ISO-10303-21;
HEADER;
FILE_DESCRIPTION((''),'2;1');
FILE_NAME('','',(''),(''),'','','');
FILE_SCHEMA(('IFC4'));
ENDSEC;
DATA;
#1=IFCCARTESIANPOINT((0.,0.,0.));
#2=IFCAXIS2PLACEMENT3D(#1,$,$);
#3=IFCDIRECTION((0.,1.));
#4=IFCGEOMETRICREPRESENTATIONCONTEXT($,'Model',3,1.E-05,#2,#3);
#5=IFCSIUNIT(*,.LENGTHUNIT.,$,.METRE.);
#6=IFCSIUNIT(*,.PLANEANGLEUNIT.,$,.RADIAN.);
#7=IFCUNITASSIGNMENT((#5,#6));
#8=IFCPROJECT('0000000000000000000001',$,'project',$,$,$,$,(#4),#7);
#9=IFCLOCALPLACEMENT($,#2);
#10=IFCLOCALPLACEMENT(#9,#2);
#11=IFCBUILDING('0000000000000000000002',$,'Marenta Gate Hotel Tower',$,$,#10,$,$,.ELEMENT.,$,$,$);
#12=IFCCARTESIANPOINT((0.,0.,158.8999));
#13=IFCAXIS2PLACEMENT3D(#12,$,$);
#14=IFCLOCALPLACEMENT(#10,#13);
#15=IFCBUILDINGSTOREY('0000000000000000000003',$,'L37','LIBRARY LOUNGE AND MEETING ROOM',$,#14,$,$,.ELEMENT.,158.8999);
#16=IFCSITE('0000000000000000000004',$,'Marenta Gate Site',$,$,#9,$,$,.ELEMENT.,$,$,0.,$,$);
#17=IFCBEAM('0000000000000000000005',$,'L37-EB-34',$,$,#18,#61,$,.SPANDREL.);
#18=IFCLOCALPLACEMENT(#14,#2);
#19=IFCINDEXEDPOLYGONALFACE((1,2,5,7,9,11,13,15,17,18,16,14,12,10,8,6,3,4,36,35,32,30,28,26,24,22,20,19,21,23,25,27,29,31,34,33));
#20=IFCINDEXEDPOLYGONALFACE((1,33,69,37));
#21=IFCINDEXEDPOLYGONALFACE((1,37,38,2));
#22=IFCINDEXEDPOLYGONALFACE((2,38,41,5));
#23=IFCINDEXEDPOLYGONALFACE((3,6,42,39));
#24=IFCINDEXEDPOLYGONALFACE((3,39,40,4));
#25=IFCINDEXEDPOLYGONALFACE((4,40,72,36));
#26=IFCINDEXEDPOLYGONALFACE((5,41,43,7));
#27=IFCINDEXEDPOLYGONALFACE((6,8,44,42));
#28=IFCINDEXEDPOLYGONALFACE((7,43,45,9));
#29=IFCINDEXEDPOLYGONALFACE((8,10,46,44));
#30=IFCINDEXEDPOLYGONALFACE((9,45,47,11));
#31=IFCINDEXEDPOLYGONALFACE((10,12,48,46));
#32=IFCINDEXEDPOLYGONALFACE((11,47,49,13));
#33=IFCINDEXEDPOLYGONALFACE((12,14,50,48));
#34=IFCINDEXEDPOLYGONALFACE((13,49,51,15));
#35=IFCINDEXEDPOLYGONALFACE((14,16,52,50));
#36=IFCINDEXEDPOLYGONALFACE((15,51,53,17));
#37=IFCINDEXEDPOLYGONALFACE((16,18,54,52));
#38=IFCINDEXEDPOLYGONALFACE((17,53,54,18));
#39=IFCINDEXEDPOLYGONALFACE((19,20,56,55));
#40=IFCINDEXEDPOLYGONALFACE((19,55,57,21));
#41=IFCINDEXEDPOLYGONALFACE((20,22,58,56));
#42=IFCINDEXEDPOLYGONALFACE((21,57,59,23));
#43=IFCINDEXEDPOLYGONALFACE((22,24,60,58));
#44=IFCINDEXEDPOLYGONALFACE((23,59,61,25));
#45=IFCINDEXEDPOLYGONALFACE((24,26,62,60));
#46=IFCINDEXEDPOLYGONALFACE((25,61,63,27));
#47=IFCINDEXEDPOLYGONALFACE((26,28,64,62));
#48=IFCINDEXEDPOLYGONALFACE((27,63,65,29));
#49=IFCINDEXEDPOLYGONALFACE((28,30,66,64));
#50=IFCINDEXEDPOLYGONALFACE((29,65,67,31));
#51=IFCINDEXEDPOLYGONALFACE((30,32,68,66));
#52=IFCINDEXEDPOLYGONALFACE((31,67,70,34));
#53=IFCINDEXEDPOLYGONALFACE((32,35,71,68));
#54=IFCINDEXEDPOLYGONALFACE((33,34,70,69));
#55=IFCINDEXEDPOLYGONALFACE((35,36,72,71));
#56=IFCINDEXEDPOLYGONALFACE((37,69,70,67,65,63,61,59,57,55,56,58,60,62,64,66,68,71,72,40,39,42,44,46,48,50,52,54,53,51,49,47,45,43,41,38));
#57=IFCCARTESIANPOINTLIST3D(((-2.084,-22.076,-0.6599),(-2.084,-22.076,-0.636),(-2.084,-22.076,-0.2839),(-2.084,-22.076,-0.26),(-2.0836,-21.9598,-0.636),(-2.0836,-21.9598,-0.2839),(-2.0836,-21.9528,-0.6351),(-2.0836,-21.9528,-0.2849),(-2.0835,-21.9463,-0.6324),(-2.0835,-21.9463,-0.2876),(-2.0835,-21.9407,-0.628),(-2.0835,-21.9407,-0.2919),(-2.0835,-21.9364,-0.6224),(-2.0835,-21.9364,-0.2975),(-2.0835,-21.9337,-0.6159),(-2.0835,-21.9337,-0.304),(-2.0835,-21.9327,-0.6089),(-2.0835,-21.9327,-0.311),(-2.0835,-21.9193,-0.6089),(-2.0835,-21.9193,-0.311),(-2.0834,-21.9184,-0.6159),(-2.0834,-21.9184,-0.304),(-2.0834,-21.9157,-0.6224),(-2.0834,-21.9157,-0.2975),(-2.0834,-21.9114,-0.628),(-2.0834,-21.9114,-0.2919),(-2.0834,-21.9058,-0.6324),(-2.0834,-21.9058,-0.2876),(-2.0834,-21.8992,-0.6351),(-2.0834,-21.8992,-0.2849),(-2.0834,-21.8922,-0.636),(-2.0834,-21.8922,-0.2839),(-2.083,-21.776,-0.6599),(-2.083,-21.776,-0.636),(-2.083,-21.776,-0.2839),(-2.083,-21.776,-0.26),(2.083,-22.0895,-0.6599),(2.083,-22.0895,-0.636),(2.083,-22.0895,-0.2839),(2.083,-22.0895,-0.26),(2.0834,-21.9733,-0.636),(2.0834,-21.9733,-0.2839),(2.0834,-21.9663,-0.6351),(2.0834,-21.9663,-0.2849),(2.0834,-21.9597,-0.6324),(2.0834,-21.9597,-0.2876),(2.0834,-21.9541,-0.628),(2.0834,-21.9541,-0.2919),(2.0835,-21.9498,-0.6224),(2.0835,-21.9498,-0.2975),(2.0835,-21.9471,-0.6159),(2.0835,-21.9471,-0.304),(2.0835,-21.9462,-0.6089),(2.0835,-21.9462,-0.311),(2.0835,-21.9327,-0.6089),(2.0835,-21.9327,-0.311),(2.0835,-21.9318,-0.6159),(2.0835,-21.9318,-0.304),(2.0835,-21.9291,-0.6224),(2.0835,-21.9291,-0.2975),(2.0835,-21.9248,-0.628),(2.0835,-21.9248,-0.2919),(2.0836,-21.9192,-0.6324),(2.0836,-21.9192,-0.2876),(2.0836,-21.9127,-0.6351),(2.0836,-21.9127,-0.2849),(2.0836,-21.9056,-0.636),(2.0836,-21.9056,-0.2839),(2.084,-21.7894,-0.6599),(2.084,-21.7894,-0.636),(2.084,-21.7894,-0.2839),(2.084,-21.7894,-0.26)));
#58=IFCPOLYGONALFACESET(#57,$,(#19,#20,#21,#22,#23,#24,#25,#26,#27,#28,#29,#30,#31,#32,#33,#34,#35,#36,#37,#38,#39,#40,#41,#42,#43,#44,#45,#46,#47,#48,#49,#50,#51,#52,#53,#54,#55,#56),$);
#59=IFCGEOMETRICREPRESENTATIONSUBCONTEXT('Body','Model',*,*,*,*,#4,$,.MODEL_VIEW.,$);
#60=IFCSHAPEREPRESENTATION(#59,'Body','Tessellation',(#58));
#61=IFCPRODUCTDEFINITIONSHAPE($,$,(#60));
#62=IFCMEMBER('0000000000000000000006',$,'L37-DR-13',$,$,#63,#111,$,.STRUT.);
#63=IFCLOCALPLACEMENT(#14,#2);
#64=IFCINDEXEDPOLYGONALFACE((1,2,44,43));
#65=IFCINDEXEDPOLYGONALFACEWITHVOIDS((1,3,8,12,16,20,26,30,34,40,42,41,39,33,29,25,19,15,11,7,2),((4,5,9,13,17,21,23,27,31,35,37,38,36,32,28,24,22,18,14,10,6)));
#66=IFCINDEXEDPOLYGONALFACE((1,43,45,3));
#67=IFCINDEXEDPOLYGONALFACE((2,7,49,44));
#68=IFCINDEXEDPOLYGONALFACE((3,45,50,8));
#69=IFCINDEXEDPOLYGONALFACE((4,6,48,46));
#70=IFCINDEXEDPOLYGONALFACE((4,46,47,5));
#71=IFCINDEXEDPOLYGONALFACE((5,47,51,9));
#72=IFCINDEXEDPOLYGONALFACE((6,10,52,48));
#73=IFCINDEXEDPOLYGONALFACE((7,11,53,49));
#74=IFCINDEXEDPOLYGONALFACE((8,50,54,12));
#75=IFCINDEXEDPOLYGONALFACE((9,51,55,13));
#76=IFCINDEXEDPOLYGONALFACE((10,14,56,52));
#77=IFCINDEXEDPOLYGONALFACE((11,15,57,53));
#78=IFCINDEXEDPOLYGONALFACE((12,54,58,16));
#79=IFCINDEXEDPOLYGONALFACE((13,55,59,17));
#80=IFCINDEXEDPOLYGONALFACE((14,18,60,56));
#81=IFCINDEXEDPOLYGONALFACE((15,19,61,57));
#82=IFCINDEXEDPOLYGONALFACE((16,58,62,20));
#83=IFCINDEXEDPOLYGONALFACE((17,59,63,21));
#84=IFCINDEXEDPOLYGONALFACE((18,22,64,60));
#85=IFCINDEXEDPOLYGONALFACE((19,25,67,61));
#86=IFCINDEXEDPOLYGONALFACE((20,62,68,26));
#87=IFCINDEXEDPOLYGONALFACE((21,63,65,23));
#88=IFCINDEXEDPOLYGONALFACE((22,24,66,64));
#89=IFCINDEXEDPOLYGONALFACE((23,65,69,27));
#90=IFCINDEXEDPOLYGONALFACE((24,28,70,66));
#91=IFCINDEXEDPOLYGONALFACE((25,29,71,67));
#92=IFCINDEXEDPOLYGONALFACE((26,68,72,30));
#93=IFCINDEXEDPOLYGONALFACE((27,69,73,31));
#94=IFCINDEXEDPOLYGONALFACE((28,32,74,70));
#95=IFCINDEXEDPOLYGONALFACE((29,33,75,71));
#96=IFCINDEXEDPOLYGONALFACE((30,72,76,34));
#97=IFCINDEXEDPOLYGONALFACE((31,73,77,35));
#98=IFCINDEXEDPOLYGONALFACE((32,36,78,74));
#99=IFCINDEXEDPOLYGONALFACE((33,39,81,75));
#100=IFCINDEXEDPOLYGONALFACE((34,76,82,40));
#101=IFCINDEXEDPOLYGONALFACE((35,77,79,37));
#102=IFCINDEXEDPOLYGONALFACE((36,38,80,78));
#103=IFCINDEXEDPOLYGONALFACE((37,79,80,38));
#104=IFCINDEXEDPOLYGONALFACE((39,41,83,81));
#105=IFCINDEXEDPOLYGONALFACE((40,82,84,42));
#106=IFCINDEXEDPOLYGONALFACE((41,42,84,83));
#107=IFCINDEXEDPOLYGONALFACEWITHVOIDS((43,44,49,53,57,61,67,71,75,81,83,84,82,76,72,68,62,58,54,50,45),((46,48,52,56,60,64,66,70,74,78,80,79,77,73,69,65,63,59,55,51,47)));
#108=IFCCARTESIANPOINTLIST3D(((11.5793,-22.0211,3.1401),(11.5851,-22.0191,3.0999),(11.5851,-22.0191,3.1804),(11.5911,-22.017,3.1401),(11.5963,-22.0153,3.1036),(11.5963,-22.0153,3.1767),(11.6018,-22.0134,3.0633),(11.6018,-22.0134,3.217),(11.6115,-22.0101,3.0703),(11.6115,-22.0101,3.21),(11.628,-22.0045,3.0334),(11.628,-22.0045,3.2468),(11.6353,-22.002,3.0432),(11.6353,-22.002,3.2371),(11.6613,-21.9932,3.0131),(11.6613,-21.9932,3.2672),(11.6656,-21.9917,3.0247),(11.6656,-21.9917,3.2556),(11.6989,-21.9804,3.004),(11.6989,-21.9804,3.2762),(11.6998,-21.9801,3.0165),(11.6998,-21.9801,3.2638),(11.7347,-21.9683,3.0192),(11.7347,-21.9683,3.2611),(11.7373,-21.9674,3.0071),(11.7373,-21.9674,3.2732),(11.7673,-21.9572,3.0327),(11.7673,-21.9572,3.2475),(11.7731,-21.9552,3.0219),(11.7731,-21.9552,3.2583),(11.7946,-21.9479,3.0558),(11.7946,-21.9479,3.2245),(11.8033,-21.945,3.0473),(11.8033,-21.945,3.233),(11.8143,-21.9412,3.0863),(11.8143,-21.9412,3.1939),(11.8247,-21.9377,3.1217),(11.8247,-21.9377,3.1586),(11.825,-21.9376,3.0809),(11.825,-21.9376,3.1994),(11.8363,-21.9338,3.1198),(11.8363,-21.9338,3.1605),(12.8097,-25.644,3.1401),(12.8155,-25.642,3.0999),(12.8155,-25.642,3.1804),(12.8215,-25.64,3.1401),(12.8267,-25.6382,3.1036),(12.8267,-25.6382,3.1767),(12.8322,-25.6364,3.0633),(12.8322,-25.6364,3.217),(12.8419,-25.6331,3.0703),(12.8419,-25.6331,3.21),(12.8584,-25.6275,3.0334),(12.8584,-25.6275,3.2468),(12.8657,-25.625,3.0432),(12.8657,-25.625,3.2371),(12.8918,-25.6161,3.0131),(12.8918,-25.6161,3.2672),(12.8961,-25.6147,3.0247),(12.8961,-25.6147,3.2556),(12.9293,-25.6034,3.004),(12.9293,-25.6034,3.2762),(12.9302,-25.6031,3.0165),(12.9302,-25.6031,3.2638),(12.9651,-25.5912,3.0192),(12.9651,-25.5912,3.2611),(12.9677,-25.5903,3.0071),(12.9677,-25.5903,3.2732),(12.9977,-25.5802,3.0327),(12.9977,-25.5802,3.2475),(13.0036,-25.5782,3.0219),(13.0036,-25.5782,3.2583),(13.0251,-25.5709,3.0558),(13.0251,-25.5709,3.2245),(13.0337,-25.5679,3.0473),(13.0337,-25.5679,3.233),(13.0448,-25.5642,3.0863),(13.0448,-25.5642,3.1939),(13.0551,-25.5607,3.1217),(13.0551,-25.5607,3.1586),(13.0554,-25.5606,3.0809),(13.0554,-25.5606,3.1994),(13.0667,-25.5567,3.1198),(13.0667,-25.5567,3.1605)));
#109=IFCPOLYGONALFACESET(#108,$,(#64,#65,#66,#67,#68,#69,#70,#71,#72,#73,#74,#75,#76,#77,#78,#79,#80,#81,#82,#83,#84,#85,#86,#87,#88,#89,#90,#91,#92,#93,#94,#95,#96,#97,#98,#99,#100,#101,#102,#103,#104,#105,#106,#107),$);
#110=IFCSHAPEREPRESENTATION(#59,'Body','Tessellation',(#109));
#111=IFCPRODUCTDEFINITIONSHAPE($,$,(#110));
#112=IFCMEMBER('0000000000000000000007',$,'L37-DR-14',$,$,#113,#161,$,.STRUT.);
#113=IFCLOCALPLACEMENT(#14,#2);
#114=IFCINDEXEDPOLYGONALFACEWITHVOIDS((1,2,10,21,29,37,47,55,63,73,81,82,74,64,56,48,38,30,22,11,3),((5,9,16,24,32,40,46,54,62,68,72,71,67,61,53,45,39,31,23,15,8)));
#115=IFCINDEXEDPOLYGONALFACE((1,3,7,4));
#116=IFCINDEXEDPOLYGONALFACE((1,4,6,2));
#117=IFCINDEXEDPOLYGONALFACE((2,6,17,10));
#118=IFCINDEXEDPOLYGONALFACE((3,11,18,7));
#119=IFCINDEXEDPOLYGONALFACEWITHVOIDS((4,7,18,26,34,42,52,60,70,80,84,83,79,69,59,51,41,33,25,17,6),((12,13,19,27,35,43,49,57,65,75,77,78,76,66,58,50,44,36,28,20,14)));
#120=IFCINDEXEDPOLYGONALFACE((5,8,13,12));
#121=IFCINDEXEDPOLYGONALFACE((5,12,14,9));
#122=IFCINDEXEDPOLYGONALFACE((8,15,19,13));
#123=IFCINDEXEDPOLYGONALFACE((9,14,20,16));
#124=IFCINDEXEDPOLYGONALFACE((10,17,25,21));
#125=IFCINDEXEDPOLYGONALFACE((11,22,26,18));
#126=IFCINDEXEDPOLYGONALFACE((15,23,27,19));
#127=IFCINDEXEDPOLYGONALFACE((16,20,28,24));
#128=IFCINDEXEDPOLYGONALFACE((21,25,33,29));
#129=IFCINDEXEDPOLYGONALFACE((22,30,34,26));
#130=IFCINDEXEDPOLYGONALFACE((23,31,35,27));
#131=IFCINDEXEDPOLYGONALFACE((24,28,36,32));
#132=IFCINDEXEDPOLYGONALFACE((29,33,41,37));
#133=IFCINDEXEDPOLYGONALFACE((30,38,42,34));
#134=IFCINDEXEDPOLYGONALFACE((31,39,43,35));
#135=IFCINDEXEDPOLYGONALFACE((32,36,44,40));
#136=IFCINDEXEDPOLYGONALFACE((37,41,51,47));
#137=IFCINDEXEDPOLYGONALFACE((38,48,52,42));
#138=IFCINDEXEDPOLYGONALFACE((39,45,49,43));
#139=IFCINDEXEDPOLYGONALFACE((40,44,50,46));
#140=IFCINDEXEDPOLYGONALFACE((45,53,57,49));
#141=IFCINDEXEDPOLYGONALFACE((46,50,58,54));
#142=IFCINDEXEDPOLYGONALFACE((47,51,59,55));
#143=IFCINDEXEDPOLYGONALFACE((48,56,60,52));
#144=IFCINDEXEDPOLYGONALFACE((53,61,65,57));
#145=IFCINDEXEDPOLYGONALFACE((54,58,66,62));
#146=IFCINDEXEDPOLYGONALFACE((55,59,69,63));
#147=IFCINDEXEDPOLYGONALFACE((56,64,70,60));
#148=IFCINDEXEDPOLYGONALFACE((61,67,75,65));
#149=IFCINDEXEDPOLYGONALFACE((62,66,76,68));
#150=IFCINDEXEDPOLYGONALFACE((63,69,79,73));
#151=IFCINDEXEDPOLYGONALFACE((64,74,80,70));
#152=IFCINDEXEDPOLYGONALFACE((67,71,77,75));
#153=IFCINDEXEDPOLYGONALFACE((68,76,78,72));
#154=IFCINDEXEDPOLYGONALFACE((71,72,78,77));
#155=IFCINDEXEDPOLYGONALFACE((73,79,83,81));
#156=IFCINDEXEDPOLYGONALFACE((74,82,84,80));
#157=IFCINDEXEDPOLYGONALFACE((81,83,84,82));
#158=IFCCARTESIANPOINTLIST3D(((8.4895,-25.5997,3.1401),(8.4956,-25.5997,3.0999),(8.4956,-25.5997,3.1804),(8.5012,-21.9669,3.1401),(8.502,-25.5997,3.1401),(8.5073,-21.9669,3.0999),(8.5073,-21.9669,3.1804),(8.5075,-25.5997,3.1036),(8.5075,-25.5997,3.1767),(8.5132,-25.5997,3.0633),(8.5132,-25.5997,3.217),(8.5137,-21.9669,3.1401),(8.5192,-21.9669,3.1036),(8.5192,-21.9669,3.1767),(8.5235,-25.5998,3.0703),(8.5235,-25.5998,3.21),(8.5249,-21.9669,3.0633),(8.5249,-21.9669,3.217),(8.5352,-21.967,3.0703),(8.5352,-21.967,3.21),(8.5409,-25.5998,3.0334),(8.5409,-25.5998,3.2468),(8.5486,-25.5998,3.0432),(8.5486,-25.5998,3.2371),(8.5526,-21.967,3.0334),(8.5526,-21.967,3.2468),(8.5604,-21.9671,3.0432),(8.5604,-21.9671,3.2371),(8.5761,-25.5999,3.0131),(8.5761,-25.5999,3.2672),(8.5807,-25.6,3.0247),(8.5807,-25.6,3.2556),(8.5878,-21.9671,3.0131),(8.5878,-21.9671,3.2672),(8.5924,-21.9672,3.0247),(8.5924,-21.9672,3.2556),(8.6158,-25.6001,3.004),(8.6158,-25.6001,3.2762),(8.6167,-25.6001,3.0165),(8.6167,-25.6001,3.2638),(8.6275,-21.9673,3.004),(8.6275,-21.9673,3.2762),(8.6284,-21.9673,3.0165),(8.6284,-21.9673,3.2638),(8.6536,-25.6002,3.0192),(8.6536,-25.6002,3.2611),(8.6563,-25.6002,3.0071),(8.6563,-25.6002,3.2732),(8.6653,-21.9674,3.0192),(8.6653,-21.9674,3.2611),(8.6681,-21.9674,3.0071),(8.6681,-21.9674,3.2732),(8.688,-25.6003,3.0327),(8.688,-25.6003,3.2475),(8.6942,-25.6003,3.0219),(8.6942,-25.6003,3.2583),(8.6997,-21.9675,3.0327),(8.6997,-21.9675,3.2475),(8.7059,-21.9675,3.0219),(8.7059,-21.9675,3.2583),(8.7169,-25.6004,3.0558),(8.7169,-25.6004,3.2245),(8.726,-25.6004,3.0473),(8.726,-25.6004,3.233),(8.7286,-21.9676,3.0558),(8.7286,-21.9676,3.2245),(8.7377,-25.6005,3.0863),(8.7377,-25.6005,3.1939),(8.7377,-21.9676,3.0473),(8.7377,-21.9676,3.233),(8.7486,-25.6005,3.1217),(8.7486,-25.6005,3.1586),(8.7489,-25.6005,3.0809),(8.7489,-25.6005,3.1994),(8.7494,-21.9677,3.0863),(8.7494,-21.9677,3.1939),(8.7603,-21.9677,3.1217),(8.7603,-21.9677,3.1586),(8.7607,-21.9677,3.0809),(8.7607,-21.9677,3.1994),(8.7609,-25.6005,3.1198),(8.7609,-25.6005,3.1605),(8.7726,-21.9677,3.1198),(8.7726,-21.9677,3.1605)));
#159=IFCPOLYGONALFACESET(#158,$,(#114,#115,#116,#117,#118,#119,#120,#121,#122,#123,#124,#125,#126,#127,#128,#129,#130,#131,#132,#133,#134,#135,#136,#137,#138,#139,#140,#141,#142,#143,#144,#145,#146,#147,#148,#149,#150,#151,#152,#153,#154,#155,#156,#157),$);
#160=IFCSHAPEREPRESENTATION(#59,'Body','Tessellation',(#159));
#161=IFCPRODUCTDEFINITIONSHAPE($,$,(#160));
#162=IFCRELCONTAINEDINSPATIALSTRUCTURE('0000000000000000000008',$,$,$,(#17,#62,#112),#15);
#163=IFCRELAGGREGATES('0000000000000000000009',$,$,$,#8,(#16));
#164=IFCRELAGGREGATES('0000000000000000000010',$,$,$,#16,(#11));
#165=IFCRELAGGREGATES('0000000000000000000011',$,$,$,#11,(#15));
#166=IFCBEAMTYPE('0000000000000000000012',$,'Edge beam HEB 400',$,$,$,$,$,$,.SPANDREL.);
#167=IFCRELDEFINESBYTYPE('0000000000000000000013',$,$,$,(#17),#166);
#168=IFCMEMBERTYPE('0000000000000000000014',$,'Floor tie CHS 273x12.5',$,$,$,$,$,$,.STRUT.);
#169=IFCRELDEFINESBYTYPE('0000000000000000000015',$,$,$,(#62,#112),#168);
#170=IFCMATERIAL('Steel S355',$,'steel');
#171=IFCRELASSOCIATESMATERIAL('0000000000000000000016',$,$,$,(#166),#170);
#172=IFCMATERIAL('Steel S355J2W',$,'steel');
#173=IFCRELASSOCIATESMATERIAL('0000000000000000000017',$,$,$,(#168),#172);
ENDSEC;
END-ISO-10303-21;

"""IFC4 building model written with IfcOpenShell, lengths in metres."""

from ifc_helpers import new_model, si_unit, direction, frame, origin, origin_2d, place, context, subcontext, project, spatial, hollow_circle, i_section, extrude, material, material_profile, profile_set, type_object, element, save


model = new_model("IFC4")

# Units and contexts
model_context = context("Model", 3, precision=1e-05, world=origin(), true_north=direction((0.0, 1.0)))
body_context = subcontext(model_context, "Body", "Model", "MODEL_VIEW")
ifc_project = project(units=[si_unit("LENGTHUNIT", "METRE"), si_unit("PLANEANGLEUNIT", "RADIAN")], contexts=[model_context])

# Site, building, storey
site_placement = place(None, origin())
site = spatial("IfcSite", under=ifc_project, at=site_placement, Name="Marenta Gate Site", CompositionType="ELEMENT", RefElevation=0.0)
building_placement = place(site_placement, origin())
building = spatial("IfcBuilding", under=site, at=building_placement, Name="Marenta Gate Hotel Tower", CompositionType="ELEMENT")
storey_placement = place(building_placement, frame((0.0, 0.0, 158.8999)))
storey = spatial("IfcBuildingStorey", under=building, at=storey_placement, Name="L37", Description="LIBRARY LOUNGE AND MEETING ROOM", CompositionType="ELEMENT", Elevation=158.8999)

# Beam
ifc_material_1 = material(Name="Steel S355", Category="steel")
ifc_material_profile_1 = material_profile(ifc_material_1, i_section(OverallWidth=0.3, OverallDepth=0.3999, WebThickness=0.0134, FlangeThickness=0.0239, FilletRadius=0.0271, at=origin_2d()), Name="HEB 400")
ifc_profile_set_1 = profile_set([ifc_material_profile_1], Name="Steel S355")
beam_type_1 = type_object("IfcBeamType", Name="Edge beam HEB 400", PredefinedType="SPANDREL", material=ifc_profile_set_1)
beam_1_placement = place(storey_placement, frame((2.0835, -21.9395, -0.46), z_axis=(-0.999995, 0.003222, 0.0), x_axis=(-0.003222, -0.999995, 0.0)))
element("IfcBeam", 1, at=beam_1_placement, inside=storey, type_object=beam_type_1, Name="L37-EB-34", PredefinedType="SPANDREL", context=body_context, shape_type="SweptSolid", body=[
    extrude(i_section(OverallWidth=0.3, OverallDepth=0.3999, WebThickness=0.0134, FlangeThickness=0.0239, FilletRadius=0.0271, at=origin_2d()), origin(), (0.0, 0.0, 1.0), 4.167),
])

# Members
ifc_material_2 = material(Name="Steel S355J2W", Category="steel")
ifc_material_profile_2 = material_profile(ifc_material_2, hollow_circle(Radius=0.1365, WallThickness=0.0125, at=origin_2d()), Name="CHS 273x12.5")
ifc_profile_set_2 = profile_set([ifc_material_profile_2], Name="Steel S355J2W")
member_type_1 = type_object("IfcMemberType", Name="Floor tie CHS 273x12.5", PredefinedType="STRUT", material=ifc_profile_set_2)
member_1_placement = place(storey_placement, frame((12.939, -25.6001, 3.1401), z_axis=(-0.321582, 0.946882, 0.0), x_axis=(-0.946882, -0.321582, 0.0)))
element("IfcMember", 2, at=member_1_placement, inside=storey, type_object=member_type_1, Name="L37-DR-13", PredefinedType="STRUT", context=body_context, shape_type="SweptSolid", body=[
    extrude(hollow_circle(Radius=0.1365, WallThickness=0.0125, at=origin_2d()), origin(), (0.0, 0.0, 1.0), 3.8262),
])
member_2_placement = place(storey_placement, frame((8.626, -25.6001, 3.1401), z_axis=(0.003226, 0.999995, 0.0), x_axis=(-0.999995, 0.003226, 0.0)))
element("IfcMember", 3, at=member_2_placement, inside=storey, type_object=member_type_1, Name="L37-DR-14", PredefinedType="STRUT", context=body_context, shape_type="SweptSolid", body=[
    extrude(hollow_circle(Radius=0.1365, WallThickness=0.0125, at=origin_2d()), origin(), (0.0, 0.0, 1.0), 3.6328),
])

save(model, "model.ifc")
